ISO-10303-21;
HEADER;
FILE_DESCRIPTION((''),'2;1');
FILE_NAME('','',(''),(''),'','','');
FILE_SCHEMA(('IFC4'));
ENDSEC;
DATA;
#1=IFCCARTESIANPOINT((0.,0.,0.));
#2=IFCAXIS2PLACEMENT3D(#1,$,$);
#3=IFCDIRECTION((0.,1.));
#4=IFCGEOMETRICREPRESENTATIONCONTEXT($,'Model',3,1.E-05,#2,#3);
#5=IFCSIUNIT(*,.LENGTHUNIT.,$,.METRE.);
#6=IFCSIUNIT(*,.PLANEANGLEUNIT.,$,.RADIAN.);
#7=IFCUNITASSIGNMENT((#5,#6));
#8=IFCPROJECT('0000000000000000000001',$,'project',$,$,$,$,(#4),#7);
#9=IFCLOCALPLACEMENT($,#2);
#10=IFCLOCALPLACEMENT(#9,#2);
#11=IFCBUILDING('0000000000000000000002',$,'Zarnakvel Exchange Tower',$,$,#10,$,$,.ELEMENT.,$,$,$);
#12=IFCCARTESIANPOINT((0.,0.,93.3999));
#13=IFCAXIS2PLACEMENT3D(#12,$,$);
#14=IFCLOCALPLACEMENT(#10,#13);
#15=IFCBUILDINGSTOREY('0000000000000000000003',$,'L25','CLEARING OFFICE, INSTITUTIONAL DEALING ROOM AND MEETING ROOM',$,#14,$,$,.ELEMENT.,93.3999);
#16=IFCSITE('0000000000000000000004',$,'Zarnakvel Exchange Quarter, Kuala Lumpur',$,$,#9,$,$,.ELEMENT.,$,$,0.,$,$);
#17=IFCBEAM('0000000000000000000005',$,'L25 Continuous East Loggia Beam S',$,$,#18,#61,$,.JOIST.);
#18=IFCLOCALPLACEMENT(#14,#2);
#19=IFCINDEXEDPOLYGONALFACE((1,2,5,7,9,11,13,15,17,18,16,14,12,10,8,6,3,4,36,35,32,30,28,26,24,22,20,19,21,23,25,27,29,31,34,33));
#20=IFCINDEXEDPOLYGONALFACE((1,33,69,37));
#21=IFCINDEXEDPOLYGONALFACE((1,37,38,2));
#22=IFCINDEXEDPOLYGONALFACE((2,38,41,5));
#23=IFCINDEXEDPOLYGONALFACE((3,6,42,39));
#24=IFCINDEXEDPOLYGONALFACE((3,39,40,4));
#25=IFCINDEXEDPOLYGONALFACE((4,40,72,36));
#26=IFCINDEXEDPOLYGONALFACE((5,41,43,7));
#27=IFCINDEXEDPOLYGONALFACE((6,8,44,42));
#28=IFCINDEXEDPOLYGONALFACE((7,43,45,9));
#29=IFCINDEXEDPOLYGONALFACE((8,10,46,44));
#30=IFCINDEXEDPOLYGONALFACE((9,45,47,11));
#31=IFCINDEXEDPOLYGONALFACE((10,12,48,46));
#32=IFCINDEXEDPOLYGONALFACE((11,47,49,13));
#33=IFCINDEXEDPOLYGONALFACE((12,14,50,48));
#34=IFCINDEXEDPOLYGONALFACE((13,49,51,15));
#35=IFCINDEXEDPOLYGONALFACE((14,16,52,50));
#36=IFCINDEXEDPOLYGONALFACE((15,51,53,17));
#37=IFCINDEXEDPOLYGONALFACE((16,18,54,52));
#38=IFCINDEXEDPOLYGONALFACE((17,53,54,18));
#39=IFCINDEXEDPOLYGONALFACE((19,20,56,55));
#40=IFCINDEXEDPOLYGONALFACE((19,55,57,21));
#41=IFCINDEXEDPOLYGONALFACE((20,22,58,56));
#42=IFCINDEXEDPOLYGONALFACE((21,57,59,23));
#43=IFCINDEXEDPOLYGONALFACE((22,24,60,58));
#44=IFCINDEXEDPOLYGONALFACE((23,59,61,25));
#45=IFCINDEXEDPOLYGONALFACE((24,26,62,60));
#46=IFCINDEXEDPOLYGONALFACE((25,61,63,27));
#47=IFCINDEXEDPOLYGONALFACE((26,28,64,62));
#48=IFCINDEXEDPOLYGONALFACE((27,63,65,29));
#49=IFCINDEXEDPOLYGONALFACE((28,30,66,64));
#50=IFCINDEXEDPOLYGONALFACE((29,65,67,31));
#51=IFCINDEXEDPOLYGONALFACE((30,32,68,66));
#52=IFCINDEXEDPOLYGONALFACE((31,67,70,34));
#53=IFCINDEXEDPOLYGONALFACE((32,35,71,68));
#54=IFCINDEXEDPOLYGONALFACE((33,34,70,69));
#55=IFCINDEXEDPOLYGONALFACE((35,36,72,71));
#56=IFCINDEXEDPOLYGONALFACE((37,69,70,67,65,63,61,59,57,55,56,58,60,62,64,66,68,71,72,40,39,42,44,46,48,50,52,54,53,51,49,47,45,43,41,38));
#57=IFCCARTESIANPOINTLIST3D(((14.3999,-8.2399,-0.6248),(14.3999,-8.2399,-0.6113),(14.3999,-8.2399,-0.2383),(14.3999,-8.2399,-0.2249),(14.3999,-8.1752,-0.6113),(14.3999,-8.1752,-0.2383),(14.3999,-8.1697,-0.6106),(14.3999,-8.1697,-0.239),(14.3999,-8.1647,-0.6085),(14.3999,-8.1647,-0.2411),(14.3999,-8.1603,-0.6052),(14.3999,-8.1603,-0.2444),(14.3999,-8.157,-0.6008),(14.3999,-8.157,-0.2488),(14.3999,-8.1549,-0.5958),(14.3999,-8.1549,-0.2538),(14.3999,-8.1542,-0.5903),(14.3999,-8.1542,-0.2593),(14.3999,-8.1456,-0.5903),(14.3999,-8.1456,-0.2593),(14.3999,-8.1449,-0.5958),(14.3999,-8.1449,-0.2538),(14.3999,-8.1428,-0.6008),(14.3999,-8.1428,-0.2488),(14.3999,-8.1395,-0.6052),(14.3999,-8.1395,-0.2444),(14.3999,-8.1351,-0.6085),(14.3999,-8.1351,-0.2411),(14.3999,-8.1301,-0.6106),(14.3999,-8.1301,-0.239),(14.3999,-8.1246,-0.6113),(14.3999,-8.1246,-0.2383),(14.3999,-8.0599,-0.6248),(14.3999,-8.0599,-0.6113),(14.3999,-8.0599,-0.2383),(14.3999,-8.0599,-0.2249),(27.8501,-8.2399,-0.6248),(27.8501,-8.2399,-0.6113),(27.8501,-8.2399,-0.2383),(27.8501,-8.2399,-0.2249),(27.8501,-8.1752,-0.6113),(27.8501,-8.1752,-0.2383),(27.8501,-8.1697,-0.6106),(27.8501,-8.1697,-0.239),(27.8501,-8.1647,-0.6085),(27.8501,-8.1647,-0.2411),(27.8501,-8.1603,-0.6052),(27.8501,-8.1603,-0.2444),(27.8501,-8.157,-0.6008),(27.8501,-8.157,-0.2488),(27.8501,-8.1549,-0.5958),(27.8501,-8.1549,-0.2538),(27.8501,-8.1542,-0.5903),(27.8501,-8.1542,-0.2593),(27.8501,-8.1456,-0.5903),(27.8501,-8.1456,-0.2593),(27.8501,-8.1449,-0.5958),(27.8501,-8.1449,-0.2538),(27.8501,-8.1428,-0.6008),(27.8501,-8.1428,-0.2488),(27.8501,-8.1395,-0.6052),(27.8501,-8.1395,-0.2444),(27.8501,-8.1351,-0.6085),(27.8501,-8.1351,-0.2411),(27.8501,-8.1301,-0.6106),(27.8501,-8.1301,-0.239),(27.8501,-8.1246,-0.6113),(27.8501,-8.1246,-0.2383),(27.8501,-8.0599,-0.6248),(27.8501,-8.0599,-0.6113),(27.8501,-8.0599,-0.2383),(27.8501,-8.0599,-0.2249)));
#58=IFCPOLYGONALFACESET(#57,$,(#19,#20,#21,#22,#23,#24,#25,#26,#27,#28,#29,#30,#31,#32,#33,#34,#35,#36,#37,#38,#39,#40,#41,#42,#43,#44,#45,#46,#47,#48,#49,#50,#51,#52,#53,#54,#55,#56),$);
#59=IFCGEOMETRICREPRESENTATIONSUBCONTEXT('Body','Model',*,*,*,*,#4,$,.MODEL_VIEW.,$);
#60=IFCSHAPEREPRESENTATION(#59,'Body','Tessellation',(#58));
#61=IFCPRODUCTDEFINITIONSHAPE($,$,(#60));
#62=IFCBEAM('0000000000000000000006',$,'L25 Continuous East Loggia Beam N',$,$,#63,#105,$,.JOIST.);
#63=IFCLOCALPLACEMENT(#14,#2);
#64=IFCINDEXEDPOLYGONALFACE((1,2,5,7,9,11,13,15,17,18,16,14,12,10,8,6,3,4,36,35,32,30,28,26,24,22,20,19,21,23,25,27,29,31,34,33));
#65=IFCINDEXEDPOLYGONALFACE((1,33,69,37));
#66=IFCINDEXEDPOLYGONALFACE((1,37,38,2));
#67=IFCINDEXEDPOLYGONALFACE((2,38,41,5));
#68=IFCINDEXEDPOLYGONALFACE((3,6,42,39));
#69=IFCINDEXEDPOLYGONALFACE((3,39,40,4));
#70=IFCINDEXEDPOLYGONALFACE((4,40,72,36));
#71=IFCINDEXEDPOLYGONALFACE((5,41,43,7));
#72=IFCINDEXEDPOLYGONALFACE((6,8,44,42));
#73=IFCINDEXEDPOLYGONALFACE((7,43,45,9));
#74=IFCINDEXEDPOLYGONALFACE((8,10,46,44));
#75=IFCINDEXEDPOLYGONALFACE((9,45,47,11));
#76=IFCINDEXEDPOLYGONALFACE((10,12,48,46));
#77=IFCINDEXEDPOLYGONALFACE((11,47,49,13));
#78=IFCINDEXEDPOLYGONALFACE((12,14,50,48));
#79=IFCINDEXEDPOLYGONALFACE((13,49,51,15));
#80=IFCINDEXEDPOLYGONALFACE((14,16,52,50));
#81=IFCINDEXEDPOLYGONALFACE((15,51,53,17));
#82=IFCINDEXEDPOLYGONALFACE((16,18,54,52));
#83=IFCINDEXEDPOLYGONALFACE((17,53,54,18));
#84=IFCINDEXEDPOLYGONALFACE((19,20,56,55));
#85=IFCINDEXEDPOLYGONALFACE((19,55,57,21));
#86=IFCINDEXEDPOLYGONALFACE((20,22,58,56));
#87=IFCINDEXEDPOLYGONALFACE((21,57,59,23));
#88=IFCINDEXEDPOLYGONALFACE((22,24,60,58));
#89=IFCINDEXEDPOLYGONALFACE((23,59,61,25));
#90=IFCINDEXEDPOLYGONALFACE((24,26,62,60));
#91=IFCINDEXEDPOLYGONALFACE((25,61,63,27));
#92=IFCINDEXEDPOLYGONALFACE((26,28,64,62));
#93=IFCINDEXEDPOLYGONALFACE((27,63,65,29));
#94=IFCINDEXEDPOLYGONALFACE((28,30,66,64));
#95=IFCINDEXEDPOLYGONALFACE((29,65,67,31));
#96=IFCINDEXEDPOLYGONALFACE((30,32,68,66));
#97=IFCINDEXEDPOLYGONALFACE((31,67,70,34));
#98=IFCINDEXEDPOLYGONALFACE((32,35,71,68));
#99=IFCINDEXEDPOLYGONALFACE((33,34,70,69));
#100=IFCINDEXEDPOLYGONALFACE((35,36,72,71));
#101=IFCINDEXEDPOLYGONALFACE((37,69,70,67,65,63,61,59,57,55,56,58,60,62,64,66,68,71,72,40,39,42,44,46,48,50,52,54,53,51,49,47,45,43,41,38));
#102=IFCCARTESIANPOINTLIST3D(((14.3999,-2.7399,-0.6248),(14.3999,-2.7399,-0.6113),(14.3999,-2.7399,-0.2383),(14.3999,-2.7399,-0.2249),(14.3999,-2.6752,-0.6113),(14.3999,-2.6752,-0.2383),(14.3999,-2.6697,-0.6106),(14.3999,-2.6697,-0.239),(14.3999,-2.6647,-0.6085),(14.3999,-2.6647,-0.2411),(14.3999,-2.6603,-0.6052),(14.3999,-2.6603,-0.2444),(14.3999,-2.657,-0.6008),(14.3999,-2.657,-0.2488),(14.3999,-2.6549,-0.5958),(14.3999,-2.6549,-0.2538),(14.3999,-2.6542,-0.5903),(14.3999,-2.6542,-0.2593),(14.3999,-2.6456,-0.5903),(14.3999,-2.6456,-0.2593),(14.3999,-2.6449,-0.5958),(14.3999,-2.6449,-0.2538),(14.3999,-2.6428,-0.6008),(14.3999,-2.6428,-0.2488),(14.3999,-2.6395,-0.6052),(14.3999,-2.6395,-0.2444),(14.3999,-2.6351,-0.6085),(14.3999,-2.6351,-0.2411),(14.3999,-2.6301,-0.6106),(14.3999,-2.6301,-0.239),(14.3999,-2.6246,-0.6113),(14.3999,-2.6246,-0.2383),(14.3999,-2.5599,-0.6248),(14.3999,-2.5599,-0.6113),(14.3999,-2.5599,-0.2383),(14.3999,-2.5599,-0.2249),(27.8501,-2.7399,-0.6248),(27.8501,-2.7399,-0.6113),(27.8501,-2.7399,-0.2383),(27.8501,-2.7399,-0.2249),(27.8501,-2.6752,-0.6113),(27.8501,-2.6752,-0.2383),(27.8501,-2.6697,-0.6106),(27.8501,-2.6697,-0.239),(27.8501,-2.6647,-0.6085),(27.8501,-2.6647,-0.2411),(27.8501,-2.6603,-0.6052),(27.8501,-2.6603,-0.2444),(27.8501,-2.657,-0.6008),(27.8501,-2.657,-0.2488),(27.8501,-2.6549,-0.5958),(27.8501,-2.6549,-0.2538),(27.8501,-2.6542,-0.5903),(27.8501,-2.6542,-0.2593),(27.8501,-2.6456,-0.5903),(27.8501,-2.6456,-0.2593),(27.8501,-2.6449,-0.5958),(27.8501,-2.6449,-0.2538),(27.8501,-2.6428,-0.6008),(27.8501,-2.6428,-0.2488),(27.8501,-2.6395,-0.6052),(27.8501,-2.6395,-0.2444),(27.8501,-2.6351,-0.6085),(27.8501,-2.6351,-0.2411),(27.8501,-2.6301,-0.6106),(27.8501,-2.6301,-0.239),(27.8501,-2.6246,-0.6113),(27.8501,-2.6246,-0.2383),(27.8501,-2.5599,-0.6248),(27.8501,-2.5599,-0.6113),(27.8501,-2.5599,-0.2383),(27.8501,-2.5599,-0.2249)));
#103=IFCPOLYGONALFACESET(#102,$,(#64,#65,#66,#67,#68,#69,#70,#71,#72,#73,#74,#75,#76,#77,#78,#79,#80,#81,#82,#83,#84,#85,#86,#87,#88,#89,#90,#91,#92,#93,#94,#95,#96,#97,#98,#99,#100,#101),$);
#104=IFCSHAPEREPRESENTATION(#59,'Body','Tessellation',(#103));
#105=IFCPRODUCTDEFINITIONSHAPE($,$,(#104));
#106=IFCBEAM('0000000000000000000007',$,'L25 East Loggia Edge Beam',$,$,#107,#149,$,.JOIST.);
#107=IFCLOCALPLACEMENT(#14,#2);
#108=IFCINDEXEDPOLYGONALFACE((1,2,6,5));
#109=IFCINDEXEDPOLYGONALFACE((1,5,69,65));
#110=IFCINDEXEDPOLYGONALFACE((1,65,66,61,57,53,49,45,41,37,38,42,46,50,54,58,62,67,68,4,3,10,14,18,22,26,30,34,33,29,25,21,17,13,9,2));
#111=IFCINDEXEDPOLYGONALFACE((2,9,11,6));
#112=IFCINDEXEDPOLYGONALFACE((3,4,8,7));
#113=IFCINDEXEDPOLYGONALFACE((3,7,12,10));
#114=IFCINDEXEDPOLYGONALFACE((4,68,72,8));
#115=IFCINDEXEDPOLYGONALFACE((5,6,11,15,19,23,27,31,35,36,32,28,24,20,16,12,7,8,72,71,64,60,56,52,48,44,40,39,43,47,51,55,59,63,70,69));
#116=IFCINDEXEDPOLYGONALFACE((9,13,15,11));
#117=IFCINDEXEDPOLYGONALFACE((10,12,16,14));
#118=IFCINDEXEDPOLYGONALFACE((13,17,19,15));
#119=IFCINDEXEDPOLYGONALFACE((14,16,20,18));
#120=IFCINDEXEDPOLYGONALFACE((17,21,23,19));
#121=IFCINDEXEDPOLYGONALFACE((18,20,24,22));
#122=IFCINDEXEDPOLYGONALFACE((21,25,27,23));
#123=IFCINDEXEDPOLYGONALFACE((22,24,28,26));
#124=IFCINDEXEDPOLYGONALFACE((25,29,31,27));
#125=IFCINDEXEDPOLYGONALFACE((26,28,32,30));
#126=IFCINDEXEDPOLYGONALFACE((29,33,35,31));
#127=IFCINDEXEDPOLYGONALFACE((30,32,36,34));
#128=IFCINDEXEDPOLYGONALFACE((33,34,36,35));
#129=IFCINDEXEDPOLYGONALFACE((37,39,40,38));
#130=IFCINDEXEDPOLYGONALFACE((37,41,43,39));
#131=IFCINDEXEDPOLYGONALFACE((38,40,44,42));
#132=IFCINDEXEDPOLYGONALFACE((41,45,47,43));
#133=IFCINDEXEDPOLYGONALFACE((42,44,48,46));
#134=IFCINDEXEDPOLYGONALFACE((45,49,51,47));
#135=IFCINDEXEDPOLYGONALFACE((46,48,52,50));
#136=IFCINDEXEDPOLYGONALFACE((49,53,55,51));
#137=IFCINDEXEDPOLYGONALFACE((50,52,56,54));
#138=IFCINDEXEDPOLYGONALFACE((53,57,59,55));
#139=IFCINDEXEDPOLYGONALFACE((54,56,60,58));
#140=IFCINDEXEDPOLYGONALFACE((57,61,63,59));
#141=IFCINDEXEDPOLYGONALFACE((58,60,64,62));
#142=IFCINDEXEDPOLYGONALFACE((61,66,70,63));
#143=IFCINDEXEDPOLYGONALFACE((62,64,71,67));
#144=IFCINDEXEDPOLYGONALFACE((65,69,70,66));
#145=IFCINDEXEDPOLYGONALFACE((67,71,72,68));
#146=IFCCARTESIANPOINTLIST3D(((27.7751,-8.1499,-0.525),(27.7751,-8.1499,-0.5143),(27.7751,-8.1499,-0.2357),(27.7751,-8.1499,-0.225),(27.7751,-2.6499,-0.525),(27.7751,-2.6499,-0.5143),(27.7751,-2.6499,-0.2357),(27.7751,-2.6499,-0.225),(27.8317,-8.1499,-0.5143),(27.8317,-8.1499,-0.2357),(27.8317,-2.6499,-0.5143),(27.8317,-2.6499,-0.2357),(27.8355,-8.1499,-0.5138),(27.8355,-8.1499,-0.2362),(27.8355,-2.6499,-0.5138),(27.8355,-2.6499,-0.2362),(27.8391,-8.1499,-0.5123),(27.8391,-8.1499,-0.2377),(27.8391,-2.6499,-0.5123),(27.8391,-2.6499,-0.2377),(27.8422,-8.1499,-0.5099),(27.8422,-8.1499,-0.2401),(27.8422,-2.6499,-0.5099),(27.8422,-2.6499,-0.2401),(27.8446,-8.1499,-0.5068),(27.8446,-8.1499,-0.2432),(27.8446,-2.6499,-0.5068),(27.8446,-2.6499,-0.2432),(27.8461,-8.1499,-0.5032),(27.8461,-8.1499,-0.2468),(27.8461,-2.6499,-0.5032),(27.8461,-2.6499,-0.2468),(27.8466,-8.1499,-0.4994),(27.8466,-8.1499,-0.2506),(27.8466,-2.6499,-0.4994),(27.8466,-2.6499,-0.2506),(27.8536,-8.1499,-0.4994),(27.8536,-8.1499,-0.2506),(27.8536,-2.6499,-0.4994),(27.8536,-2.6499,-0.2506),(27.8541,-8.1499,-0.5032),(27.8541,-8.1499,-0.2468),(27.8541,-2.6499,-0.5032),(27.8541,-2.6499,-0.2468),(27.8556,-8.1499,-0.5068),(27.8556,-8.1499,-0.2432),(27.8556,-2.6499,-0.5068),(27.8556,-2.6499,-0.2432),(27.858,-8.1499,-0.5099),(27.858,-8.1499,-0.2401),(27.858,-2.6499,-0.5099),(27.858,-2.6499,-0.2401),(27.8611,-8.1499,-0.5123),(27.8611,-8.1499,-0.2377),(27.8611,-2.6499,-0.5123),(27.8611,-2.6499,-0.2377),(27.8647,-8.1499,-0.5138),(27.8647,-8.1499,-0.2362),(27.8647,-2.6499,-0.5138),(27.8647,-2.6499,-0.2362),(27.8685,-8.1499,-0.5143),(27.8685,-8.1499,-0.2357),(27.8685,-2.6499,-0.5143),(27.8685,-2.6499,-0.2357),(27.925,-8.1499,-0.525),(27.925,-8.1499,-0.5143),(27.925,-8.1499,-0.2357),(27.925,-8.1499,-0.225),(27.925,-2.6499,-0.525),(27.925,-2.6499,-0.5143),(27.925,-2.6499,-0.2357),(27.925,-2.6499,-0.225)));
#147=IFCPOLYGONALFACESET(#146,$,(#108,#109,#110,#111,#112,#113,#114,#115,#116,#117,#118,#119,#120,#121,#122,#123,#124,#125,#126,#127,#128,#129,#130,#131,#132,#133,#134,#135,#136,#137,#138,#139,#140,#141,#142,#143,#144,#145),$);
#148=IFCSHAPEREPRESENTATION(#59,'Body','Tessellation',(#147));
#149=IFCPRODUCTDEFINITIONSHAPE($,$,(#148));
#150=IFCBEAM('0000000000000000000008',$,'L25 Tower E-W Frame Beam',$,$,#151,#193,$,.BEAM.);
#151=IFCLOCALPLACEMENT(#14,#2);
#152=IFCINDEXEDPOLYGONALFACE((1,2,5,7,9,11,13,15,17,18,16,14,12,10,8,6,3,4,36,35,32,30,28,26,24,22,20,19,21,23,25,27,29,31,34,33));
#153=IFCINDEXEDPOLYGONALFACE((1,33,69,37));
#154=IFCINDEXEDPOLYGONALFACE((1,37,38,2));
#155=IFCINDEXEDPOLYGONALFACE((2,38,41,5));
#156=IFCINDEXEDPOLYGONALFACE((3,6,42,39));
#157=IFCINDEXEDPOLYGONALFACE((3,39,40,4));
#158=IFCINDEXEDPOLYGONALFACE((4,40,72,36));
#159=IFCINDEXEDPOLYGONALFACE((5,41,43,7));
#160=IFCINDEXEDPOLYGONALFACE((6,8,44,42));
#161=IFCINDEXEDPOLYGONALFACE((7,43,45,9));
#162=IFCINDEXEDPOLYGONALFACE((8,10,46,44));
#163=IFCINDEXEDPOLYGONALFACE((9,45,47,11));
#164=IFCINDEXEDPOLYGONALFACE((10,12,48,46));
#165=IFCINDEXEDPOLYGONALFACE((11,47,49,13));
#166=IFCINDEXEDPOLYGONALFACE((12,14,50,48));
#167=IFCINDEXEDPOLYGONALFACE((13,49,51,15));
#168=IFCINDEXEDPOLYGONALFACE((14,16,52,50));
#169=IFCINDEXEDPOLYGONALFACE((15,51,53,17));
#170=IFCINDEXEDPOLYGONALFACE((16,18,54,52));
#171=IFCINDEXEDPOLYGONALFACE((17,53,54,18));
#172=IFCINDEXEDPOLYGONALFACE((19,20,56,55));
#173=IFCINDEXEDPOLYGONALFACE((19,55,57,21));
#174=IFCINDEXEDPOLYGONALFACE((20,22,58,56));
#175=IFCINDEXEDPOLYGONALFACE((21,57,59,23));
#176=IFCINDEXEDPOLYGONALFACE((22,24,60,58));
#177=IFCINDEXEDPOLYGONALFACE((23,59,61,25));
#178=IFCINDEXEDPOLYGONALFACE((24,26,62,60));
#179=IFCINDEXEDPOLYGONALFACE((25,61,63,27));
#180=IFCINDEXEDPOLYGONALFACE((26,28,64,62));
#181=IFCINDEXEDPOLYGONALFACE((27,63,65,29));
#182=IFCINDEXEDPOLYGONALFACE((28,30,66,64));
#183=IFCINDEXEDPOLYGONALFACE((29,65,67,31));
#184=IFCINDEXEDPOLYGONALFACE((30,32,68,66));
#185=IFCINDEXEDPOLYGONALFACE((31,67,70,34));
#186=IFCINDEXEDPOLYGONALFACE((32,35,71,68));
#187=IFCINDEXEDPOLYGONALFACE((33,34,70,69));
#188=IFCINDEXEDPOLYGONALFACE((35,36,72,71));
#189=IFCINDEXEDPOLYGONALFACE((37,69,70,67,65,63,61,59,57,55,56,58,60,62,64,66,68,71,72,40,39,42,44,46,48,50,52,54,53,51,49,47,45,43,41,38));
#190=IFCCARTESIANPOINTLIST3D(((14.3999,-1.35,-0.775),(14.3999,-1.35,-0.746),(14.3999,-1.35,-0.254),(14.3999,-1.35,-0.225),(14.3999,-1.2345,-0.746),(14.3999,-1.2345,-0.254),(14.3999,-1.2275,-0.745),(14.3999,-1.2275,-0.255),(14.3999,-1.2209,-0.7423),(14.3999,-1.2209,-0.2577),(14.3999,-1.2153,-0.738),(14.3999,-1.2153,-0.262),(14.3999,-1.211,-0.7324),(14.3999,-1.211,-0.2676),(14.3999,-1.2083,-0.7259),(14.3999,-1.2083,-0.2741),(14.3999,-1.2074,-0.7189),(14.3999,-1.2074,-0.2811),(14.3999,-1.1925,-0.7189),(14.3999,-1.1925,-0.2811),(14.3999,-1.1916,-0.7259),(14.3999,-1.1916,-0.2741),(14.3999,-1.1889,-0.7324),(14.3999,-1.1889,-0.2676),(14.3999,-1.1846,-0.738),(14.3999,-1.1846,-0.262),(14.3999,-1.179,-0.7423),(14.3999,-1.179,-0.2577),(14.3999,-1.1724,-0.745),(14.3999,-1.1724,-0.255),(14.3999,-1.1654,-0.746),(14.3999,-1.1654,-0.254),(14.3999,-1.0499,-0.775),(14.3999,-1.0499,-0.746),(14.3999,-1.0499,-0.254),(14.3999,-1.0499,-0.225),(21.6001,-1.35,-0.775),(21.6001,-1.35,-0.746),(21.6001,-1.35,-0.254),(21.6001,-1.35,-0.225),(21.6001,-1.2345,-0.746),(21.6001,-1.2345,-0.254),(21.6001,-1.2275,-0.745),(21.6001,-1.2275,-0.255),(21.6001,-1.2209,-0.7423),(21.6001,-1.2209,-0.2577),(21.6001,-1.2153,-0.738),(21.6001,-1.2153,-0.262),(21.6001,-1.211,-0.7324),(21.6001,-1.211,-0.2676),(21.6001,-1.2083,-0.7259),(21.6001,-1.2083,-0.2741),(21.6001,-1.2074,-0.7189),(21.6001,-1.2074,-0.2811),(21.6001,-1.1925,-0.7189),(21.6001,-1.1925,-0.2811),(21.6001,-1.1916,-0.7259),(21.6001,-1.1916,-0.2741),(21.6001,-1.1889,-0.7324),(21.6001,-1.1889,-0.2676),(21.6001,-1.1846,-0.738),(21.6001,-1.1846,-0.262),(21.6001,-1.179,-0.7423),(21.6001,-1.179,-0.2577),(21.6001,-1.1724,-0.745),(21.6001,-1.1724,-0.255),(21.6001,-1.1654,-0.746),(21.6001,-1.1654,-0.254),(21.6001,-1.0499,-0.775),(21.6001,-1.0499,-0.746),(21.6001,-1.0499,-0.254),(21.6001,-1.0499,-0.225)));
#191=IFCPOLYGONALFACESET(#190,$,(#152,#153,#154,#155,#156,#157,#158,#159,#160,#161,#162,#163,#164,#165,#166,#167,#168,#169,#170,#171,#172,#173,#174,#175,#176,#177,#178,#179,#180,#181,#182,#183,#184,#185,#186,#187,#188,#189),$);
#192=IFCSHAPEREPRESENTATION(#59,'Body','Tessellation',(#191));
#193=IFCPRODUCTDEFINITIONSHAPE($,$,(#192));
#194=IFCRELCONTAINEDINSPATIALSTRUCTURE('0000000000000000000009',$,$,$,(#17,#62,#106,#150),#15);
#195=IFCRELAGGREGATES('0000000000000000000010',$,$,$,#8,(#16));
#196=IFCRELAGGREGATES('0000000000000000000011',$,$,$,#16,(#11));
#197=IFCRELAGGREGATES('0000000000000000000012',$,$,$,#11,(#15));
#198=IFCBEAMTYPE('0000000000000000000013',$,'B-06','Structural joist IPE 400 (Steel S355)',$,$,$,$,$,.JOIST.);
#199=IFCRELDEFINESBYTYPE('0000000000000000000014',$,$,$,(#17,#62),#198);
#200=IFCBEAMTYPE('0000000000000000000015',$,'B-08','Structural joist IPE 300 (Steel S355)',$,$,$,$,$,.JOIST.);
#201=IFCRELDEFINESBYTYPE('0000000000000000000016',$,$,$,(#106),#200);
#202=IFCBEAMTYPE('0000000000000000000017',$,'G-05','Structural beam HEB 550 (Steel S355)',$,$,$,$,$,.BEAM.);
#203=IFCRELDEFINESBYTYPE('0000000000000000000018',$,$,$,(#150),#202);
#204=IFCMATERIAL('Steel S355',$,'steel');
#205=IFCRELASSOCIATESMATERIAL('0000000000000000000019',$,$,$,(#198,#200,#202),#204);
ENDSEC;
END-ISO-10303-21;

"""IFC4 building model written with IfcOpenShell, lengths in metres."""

from ifc_helpers import new_model, si_unit, direction, frame, origin, origin_2d, place, context, subcontext, project, spatial, i_section, extrude, material, material_profile, profile_set, type_object, element, save


model = new_model("IFC4")

# Units and contexts
model_context = context("Model", 3, precision=1e-05, world=origin(), true_north=direction((0.0, 1.0)))
body_context = subcontext(model_context, "Body", "Model", "MODEL_VIEW")
ifc_project = project(units=[si_unit("LENGTHUNIT", "METRE"), si_unit("PLANEANGLEUNIT", "RADIAN")], contexts=[model_context])

# Site, building, storey
site_placement = place(None, origin())
site = spatial("IfcSite", under=ifc_project, at=site_placement, Name="Zarnakvel Exchange Quarter, Kuala Lumpur", CompositionType="ELEMENT", RefElevation=0.0)
building_placement = place(site_placement, origin())
building = spatial("IfcBuilding", under=site, at=building_placement, Name="Zarnakvel Exchange Tower", CompositionType="ELEMENT")
storey_placement = place(building_placement, frame((0.0, 0.0, 93.3999)))
storey = spatial("IfcBuildingStorey", under=building, at=storey_placement, Name="L25", Description="CLEARING OFFICE, INSTITUTIONAL DEALING ROOM AND MEETING ROOM", CompositionType="ELEMENT", Elevation=93.3999)

# Shared definitions
ifc_material_1 = material(Name="Steel S355", Category="steel")

# Beams
ifc_material_profile_1 = material_profile(ifc_material_1, i_section(OverallWidth=0.1799, OverallDepth=0.3999, WebThickness=0.0085, FlangeThickness=0.0134, FilletRadius=0.021, at=origin_2d()))
ifc_profile_set_1 = profile_set([ifc_material_profile_1], Name="Steel S355")
beam_type_1 = type_object("IfcBeamType", Name="B-06", Description="Structural joist IPE 400 (Steel S355)", PredefinedType="JOIST", material=ifc_profile_set_1)
for number, where, z_axis, x_axis, name in (
    (1, (14.3999, -8.1499, -0.4248), (1.0, 0.0, 0.0), (0.0, 1.0, 0.0), "L25 Continuous East Loggia Beam S"),
    (2, (14.3999, -2.6499, -0.4248), (1.0, 0.0, 0.0), (0.0, 1.0, 0.0), "L25 Continuous East Loggia Beam N"),
):
    element("IfcBeam", number, at=place(storey_placement, frame(where, z_axis=z_axis, x_axis=x_axis)), inside=storey, type_object=beam_type_1, Name=name, PredefinedType="JOIST", context=body_context, shape_type="SweptSolid", body=[
        extrude(i_section(OverallWidth=0.1799, OverallDepth=0.3999, WebThickness=0.0085, FlangeThickness=0.0134, FilletRadius=0.021, at=origin_2d()), origin(), (0.0, 0.0, 1.0), 13.4502),
    ])
ifc_material_profile_2 = material_profile(ifc_material_1, i_section(OverallWidth=0.1499, OverallDepth=0.3, WebThickness=0.0071, FlangeThickness=0.0107, FilletRadius=0.0149, at=origin_2d()))
ifc_profile_set_2 = profile_set([ifc_material_profile_2], Name="Steel S355")
beam_type_2 = type_object("IfcBeamType", Name="B-08", Description="Structural joist IPE 300 (Steel S355)", PredefinedType="JOIST", material=ifc_profile_set_2)
beam_1_placement = place(storey_placement, frame((27.8501, -8.1499, -0.375), z_axis=(0.0, 1.0, 0.0), x_axis=(-1.0, 0.0, 0.0)))
element("IfcBeam", 3, at=beam_1_placement, inside=storey, type_object=beam_type_2, Name="L25 East Loggia Edge Beam", PredefinedType="JOIST", context=body_context, shape_type="SweptSolid", body=[
    extrude(i_section(OverallWidth=0.1499, OverallDepth=0.3, WebThickness=0.0071, FlangeThickness=0.0107, FilletRadius=0.0149, at=origin_2d()), origin(), (0.0, 0.0, 1.0), 5.5),
])
ifc_material_profile_3 = material_profile(ifc_material_1, i_section(OverallWidth=0.3, OverallDepth=0.55, WebThickness=0.0149, FlangeThickness=0.0291, FilletRadius=0.0271, at=origin_2d()))
ifc_profile_set_3 = profile_set([ifc_material_profile_3], Name="Steel S355")
beam_type_3 = type_object("IfcBeamType", Name="G-05", Description="Structural beam HEB 550 (Steel S355)", PredefinedType="BEAM", material=ifc_profile_set_3)
beam_2_placement = place(storey_placement, frame((14.3999, -1.2, -0.5), z_axis=(1.0, 0.0, 0.0), x_axis=(0.0, 1.0, 0.0)))
element("IfcBeam", 4, at=beam_2_placement, inside=storey, type_object=beam_type_3, Name="L25 Tower E-W Frame Beam", PredefinedType="BEAM", context=body_context, shape_type="SweptSolid", body=[
    extrude(i_section(OverallWidth=0.3, OverallDepth=0.55, WebThickness=0.0149, FlangeThickness=0.0291, FilletRadius=0.0271, at=origin_2d()), origin(), (0.0, 0.0, 1.0), 7.2002),
])

save(model, "model.ifc")
